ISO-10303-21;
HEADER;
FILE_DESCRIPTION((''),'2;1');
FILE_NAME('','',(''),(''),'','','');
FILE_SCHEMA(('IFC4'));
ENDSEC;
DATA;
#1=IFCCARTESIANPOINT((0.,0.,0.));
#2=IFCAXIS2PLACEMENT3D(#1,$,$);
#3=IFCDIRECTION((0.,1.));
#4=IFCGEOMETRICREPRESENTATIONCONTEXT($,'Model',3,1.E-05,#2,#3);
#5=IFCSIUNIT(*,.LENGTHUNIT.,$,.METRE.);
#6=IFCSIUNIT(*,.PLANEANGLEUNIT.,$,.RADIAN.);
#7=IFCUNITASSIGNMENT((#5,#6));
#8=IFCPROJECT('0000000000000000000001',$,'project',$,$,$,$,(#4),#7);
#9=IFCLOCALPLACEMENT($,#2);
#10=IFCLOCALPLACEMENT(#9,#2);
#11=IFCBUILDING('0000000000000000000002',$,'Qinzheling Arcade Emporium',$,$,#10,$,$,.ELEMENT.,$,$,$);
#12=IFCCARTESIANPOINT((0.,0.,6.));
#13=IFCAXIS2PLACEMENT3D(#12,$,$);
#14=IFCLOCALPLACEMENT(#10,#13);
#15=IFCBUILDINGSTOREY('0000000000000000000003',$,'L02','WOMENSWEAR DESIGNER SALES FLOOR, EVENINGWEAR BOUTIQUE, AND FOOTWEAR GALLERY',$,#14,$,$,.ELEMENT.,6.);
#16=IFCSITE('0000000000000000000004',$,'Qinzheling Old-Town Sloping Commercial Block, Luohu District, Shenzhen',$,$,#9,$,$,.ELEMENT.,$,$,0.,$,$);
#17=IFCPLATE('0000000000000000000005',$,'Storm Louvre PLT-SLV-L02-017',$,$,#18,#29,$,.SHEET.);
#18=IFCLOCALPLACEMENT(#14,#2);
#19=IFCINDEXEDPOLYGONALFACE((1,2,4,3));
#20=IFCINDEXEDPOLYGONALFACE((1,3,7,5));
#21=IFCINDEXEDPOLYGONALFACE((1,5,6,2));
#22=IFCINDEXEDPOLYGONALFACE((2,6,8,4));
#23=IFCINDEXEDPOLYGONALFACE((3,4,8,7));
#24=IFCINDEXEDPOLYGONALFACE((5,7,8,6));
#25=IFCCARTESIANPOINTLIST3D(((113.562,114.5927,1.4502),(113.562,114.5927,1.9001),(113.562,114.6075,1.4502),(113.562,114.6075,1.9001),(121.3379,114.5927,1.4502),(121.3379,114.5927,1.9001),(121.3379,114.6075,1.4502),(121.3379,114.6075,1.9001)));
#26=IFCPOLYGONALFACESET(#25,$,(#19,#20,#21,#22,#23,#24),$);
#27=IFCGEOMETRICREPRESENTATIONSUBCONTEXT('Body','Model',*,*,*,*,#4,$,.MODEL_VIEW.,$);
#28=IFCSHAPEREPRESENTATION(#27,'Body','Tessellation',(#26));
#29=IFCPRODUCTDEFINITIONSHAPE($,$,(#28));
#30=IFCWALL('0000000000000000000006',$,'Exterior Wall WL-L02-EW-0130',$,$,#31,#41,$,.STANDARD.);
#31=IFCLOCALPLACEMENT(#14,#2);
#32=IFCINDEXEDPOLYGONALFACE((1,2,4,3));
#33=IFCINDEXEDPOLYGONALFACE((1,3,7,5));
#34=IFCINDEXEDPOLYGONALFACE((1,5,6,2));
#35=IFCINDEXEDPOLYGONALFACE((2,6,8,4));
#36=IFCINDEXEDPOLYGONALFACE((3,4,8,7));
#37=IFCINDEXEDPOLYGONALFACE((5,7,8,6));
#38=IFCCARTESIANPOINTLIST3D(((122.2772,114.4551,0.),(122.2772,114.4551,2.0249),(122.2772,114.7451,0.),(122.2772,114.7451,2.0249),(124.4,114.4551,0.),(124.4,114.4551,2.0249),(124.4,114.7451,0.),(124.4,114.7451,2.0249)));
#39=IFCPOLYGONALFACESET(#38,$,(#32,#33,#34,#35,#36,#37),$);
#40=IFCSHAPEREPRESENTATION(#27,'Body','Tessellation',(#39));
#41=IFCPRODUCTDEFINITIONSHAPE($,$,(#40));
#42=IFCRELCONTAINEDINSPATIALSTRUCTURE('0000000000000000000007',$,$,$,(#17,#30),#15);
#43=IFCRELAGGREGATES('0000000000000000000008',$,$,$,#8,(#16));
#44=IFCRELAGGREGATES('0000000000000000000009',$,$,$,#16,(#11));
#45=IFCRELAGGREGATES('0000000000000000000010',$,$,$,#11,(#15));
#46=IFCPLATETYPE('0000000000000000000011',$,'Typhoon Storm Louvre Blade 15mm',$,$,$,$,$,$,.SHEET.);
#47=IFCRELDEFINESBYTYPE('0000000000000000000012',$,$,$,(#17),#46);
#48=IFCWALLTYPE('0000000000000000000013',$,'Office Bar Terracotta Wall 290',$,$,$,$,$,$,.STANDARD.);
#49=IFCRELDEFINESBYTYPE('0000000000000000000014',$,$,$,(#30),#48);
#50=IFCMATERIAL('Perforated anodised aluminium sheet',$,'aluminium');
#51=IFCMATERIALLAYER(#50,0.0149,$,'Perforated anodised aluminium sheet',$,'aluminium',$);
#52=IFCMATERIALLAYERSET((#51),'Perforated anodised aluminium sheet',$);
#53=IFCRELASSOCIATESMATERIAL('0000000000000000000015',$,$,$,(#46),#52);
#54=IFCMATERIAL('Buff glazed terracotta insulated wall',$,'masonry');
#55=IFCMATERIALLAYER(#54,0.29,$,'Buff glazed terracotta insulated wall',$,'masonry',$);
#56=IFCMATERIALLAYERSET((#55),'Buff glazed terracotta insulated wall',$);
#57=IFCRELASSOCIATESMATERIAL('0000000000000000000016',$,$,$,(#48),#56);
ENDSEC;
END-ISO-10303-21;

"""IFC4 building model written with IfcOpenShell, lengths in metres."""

from ifc_helpers import new_model, si_unit, direction, frame, frame_2d, origin, origin_2d, place, context, subcontext, project, spatial, rectangle, extrude, material, layer, layer_set, type_object, element, save


model = new_model("IFC4")

# Units and contexts
model_context = context("Model", 3, precision=1e-05, world=origin(), true_north=direction((0.0, 1.0)))
body_context = subcontext(model_context, "Body", "Model", "MODEL_VIEW")
ifc_project = project(units=[si_unit("LENGTHUNIT", "METRE"), si_unit("PLANEANGLEUNIT", "RADIAN")], contexts=[model_context])

# Site, building, storey
site_placement = place(None, origin())
site = spatial("IfcSite", under=ifc_project, at=site_placement, Name="Qinzheling Old-Town Sloping Commercial Block, Luohu District, Shenzhen", CompositionType="ELEMENT", RefElevation=0.0)
building_placement = place(site_placement, origin())
building = spatial("IfcBuilding", under=site, at=building_placement, Name="Qinzheling Arcade Emporium", CompositionType="ELEMENT")
storey_placement = place(building_placement, frame((0.0, 0.0, 6.0)))
storey = spatial("IfcBuildingStorey", under=building, at=storey_placement, Name="L02", Description="WOMENSWEAR DESIGNER SALES FLOOR, EVENINGWEAR BOUTIQUE, AND FOOTWEAR GALLERY", CompositionType="ELEMENT", Elevation=6.0)

# Plate
ifc_material_1 = material(Name="Perforated anodised aluminium sheet", Category="aluminium")
ifc_layer_1 = layer(ifc_material_1, 0.0149, Name="Perforated anodised aluminium sheet", Category="aluminium")
ifc_layer_set_1 = layer_set([ifc_layer_1], Name="Perforated anodised aluminium sheet")
plate_type_1 = type_object("IfcPlateType", Name="Typhoon Storm Louvre Blade 15mm", PredefinedType="SHEET", material=ifc_layer_set_1)
plate_1_placement = place(storey_placement, frame((117.45, 114.6001, 1.4502), z_axis=(0.0, 0.0, 1.0), x_axis=(1.0, 0.0, 0.0)))
element("IfcPlate", 1, at=plate_1_placement, inside=storey, type_object=plate_type_1, Name="Storm Louvre PLT-SLV-L02-017", PredefinedType="SHEET", context=body_context, shape_type="SweptSolid", body=[
    extrude(rectangle(XDim=7.7759, YDim=0.0149, at=origin_2d()), origin(), (0.0, 0.0, 1.0), 0.45),
])

# Wall
ifc_material_2 = material(Name="Buff glazed terracotta insulated wall", Category="masonry")
ifc_layer_2 = layer(ifc_material_2, 0.29, Name="Buff glazed terracotta insulated wall", Category="masonry")
ifc_layer_set_2 = layer_set([ifc_layer_2], Name="Buff glazed terracotta insulated wall")
wall_type = type_object("IfcWallType", Name="Office Bar Terracotta Wall 290", PredefinedType="STANDARD", material=ifc_layer_set_2)
wall_placement = place(storey_placement, frame((122.2771, 114.6001, 0.0), z_axis=(0.0, 0.0, 1.0), x_axis=(1.0, 0.0, 0.0)))
element("IfcWall", 2, at=wall_placement, inside=storey, type_object=wall_type, Name="Exterior Wall WL-L02-EW-0130", PredefinedType="STANDARD", context=body_context, shape_type="SweptSolid", body=[
    extrude(rectangle(XDim=2.1228, YDim=0.29, at=frame_2d((1.0615, 0.0))), origin(), (0.0, 0.0, 1.0), 2.0249),
])

save(model, "model.ifc")
